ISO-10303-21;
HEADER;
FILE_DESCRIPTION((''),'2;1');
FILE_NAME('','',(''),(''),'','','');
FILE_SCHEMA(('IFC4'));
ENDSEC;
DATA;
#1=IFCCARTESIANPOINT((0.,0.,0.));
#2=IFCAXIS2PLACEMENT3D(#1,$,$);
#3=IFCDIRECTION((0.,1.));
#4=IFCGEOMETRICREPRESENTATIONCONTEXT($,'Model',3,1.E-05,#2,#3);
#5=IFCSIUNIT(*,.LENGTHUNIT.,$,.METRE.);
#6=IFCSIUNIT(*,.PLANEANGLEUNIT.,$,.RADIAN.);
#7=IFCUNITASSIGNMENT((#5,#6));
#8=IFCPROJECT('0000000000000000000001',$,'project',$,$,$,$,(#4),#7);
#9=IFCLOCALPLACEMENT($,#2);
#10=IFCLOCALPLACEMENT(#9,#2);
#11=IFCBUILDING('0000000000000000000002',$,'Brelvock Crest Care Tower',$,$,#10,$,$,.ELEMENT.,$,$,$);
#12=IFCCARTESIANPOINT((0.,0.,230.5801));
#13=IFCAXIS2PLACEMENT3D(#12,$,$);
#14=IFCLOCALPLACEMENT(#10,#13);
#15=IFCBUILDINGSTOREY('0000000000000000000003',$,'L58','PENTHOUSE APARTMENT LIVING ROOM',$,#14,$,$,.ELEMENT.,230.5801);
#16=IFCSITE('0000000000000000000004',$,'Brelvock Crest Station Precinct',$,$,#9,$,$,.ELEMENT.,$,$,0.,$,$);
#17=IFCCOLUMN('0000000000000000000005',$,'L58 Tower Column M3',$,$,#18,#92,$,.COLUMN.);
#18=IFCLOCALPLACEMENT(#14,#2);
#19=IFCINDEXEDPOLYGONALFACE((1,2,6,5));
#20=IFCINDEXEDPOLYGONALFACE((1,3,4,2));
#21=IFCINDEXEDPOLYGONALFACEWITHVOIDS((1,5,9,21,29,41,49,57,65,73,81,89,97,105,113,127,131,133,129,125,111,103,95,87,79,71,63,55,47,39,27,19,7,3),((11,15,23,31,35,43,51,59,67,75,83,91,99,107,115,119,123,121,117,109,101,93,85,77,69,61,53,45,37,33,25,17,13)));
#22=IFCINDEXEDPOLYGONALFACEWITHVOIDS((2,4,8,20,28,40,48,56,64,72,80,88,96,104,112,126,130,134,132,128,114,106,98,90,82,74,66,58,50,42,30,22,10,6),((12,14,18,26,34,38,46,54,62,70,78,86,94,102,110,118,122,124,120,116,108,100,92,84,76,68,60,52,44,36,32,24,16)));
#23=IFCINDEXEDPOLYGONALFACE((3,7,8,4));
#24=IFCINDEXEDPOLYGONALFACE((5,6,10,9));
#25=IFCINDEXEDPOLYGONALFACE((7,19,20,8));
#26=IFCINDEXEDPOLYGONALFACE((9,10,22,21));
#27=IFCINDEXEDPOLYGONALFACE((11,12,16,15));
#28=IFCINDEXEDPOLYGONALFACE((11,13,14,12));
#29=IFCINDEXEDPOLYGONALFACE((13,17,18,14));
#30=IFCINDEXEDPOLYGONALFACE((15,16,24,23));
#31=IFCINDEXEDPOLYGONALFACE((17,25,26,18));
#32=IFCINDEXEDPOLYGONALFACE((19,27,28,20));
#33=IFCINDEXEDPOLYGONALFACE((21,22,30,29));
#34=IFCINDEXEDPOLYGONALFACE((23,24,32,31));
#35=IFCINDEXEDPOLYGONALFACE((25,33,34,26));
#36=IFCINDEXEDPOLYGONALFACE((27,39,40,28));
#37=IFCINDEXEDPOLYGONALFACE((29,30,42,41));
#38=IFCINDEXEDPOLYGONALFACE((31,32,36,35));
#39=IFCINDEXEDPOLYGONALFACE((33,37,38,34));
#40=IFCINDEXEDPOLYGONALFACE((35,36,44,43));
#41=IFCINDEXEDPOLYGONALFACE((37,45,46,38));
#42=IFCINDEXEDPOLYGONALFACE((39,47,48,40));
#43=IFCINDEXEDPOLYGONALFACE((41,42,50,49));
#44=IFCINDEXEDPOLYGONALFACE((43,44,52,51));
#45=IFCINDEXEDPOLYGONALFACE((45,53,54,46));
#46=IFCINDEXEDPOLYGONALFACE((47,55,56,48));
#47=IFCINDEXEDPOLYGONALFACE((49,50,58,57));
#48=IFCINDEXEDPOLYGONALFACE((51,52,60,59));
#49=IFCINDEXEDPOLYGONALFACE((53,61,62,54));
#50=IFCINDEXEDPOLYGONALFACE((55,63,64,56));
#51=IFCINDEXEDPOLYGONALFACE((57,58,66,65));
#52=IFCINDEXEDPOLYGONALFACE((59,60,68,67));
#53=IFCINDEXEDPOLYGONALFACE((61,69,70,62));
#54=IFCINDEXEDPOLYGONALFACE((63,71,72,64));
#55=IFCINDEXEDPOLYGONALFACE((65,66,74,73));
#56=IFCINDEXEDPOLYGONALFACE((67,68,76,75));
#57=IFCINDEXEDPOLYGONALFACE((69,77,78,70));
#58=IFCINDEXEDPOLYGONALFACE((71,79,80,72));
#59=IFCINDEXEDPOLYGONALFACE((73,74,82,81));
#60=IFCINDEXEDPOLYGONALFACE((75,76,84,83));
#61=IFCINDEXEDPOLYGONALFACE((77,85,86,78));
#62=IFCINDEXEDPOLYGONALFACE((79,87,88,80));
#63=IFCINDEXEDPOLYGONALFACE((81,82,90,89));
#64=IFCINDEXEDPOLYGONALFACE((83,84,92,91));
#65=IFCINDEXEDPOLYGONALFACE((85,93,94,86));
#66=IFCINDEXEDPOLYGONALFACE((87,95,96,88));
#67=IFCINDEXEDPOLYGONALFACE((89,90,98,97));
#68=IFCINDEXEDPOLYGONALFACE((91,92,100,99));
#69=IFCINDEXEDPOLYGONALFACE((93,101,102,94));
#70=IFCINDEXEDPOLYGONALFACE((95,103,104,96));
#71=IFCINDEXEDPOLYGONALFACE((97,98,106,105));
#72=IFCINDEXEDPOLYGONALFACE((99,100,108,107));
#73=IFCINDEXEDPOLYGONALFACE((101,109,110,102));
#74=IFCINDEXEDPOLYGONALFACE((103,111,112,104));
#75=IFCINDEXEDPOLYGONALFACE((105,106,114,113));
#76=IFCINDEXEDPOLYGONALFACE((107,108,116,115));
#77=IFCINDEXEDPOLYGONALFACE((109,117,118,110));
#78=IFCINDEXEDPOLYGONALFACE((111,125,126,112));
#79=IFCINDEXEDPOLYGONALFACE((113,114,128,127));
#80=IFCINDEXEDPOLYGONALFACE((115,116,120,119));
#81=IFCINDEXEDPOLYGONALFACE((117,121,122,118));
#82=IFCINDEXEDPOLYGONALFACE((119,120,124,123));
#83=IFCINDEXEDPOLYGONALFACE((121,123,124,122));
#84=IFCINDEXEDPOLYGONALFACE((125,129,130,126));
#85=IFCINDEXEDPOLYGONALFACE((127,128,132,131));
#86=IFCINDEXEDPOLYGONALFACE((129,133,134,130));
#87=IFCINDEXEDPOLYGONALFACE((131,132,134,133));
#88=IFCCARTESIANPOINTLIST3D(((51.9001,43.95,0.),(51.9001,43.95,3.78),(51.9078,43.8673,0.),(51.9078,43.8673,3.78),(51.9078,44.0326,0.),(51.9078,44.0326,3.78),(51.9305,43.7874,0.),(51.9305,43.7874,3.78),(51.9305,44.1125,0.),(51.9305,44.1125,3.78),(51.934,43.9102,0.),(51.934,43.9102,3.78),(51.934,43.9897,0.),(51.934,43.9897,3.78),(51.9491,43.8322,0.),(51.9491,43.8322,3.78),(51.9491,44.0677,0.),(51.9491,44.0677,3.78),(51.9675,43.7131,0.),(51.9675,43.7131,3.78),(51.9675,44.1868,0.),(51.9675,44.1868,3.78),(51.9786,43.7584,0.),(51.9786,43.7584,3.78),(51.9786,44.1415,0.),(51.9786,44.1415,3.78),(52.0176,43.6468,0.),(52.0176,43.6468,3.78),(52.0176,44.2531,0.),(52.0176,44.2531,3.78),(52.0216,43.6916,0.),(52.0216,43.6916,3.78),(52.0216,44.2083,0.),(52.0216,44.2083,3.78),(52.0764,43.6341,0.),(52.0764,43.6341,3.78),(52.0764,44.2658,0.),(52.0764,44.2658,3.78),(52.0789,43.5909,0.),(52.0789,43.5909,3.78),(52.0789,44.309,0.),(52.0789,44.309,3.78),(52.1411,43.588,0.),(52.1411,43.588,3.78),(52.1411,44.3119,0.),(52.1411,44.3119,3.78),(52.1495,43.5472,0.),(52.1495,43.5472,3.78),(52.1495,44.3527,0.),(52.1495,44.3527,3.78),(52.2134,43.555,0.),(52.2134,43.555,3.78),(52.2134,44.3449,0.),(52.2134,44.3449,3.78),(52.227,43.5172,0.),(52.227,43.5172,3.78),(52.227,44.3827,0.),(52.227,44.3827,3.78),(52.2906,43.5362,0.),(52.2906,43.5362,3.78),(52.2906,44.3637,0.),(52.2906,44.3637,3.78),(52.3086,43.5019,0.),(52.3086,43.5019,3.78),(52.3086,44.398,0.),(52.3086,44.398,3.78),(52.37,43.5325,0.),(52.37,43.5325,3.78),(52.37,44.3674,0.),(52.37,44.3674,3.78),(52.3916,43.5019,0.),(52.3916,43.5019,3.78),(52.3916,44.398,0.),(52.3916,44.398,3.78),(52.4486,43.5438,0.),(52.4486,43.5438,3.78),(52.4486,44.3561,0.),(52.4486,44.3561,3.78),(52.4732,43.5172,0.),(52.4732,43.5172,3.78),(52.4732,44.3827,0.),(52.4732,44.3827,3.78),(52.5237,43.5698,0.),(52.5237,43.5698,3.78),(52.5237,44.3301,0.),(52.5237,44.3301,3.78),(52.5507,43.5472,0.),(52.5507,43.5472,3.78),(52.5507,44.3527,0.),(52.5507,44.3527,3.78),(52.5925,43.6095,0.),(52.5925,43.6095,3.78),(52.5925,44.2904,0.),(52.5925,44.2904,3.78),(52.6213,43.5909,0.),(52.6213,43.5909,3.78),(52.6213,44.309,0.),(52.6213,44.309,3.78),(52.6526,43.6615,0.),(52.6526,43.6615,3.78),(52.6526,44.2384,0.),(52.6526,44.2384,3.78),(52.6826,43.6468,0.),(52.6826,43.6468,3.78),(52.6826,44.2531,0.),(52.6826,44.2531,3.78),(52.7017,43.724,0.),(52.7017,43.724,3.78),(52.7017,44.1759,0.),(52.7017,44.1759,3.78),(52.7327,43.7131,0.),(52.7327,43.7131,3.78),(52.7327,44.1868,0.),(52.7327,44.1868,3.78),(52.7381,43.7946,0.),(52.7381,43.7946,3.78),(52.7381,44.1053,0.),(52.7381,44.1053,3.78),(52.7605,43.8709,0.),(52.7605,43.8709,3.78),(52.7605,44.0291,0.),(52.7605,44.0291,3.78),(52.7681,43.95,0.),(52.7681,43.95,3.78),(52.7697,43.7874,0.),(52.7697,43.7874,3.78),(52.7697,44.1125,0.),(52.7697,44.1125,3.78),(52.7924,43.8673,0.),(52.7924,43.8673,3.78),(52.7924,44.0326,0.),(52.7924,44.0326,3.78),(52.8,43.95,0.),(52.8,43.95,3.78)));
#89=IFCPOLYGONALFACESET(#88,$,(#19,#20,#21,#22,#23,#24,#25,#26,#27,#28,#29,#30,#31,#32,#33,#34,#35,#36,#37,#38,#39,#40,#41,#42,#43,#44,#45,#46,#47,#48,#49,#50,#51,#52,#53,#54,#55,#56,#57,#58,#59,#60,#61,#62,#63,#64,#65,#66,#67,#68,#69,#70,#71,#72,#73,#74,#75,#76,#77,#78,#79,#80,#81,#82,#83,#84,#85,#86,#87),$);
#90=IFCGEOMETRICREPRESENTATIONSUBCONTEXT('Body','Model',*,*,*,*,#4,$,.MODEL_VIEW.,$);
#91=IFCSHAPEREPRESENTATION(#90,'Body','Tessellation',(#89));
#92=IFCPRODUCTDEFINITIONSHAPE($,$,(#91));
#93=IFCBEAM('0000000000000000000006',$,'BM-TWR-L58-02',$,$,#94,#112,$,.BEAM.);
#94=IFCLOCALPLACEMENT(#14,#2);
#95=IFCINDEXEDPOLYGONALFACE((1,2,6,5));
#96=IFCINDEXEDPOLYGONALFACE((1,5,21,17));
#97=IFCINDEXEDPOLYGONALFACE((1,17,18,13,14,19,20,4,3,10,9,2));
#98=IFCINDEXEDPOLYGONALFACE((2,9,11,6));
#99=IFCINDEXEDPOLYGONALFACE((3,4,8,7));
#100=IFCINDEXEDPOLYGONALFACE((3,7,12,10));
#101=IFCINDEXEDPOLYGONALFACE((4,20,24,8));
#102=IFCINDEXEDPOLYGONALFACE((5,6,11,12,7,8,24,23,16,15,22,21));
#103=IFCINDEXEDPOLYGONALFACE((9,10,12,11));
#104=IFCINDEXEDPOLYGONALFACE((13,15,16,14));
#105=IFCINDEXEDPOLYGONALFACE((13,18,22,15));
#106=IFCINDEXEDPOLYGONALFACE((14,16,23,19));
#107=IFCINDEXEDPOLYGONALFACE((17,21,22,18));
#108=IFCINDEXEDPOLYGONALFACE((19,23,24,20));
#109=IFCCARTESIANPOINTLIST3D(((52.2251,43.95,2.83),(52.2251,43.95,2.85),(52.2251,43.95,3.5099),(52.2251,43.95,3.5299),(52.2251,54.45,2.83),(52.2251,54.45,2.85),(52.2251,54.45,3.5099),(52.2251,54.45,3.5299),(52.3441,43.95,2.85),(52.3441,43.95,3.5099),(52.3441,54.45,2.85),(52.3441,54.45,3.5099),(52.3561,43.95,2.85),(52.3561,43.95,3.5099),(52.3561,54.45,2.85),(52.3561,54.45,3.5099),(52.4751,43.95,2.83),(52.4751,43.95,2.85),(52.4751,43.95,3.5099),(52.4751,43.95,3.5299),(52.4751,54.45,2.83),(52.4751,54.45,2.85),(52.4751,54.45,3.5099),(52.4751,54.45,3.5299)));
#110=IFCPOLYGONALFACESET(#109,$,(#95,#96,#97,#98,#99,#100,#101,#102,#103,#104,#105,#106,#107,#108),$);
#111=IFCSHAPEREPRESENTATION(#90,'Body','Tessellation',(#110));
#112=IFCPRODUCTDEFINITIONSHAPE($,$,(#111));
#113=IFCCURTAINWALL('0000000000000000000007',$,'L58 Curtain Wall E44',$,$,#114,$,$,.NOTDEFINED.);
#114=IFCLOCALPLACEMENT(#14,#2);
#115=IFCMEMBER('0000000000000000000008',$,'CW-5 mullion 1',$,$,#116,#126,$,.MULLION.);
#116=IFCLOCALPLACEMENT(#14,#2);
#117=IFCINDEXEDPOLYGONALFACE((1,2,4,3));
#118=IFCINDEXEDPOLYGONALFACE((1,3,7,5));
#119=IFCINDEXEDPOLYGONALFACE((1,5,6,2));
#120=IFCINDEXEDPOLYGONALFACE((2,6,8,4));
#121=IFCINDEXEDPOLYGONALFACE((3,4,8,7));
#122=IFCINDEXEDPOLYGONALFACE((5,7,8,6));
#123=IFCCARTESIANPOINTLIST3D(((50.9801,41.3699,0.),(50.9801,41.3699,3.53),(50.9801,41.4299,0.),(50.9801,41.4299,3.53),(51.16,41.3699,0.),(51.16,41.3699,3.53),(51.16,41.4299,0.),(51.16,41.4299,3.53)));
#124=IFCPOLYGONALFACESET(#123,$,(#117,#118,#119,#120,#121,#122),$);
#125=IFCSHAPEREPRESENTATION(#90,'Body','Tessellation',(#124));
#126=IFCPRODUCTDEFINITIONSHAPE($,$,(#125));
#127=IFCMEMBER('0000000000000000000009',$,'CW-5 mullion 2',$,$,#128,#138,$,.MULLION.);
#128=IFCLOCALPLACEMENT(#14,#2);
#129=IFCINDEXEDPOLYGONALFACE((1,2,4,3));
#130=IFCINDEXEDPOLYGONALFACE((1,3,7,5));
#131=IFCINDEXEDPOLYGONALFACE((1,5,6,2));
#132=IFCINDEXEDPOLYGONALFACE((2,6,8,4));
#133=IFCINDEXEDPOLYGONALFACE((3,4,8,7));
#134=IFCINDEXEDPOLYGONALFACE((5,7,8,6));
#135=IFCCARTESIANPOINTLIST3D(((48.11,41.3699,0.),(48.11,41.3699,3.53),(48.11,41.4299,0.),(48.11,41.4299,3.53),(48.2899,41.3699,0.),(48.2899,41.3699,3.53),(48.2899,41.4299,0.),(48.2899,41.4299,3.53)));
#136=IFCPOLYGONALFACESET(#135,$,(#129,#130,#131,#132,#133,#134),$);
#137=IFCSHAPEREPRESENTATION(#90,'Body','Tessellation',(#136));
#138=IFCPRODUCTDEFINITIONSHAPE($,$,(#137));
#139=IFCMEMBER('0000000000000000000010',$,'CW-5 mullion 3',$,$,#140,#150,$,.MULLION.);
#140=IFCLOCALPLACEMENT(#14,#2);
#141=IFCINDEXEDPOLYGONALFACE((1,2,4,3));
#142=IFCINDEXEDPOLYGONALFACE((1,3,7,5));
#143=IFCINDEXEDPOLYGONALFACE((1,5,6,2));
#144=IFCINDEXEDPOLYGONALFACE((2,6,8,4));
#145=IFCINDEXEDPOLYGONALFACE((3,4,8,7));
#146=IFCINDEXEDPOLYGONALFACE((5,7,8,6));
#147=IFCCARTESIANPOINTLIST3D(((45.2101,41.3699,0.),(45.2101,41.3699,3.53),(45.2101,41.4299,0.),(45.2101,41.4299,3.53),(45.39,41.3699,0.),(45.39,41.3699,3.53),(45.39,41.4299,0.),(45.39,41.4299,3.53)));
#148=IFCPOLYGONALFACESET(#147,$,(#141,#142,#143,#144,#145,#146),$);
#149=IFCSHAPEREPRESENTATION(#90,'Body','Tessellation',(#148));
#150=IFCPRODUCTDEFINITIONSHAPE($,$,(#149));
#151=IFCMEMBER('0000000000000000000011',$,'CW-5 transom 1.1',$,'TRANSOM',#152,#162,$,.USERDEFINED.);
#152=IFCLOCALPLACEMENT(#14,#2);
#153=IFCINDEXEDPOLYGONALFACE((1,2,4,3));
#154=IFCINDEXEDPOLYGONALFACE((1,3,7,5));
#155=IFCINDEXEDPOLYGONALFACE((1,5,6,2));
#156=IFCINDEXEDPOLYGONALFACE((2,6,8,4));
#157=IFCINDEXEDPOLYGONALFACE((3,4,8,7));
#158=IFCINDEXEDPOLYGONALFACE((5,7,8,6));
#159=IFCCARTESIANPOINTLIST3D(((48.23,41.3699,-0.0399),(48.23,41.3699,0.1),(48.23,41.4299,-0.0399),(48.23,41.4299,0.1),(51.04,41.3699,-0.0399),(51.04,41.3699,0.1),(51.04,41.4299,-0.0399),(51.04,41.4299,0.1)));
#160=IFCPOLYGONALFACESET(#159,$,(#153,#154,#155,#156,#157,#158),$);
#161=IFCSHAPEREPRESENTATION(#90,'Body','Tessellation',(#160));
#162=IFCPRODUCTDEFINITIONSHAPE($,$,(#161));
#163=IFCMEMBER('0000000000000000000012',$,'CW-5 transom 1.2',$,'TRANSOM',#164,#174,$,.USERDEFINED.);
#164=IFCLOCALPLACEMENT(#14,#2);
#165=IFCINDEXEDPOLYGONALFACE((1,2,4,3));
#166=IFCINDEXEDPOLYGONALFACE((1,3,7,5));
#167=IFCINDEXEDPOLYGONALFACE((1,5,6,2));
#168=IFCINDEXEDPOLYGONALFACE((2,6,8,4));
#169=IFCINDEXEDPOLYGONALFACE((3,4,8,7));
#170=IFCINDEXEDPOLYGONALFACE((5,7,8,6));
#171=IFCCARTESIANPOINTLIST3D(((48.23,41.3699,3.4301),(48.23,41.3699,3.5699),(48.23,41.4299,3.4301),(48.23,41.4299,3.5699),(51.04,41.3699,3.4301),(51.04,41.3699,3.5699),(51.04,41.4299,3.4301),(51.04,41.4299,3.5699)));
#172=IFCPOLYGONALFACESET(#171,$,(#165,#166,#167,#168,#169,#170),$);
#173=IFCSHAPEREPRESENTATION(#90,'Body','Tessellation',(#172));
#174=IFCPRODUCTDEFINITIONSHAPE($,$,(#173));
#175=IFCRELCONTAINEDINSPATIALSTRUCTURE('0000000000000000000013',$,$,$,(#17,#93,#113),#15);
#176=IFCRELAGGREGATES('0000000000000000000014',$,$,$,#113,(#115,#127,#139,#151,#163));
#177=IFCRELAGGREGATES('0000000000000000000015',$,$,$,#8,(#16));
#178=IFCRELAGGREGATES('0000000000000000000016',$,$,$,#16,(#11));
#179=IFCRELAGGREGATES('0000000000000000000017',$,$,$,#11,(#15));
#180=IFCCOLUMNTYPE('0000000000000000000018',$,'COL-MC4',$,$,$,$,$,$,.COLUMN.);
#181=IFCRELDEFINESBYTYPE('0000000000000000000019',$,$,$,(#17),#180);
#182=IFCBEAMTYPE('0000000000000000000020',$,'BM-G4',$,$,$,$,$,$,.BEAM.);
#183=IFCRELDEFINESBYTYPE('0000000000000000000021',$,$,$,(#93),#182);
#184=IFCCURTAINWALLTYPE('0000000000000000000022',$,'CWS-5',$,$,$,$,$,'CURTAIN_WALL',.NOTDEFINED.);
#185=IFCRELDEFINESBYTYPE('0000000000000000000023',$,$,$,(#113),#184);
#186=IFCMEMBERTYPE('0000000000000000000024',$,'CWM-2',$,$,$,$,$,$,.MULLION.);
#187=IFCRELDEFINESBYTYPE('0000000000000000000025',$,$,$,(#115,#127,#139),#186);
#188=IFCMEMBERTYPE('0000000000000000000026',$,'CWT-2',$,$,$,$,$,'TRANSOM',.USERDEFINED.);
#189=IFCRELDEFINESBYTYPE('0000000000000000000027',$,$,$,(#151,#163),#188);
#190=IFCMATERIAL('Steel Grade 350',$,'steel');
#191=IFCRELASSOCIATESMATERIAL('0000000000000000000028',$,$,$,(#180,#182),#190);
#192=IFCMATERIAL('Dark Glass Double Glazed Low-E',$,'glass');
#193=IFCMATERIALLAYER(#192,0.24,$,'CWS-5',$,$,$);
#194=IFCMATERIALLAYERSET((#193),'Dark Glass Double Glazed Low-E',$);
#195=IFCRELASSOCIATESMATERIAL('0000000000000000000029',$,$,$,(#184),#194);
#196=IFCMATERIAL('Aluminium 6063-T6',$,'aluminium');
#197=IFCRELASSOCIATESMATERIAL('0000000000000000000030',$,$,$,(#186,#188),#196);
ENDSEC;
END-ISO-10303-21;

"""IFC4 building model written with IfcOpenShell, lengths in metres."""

from ifc_helpers import new_model, si_unit, direction, frame, origin, origin_2d, place, context, subcontext, project, spatial, rectangle, hollow_circle, i_section, extrude, source, transform, mapped, material, layer, layer_set, material_profile, profile_set, type_object, element, aggregate, save


model = new_model("IFC4")

# Units and contexts
model_context = context("Model", 3, precision=1e-05, world=origin(), true_north=direction((0.0, 1.0)))
body_context = subcontext(model_context, "Body", "Model", "MODEL_VIEW")
ifc_project = project(units=[si_unit("LENGTHUNIT", "METRE"), si_unit("PLANEANGLEUNIT", "RADIAN")], contexts=[model_context])

# Site, building, storey
site_placement = place(None, origin())
site = spatial("IfcSite", under=ifc_project, at=site_placement, Name="Brelvock Crest Station Precinct", CompositionType="ELEMENT", RefElevation=0.0)
building_placement = place(site_placement, origin())
building = spatial("IfcBuilding", under=site, at=building_placement, Name="Brelvock Crest Care Tower", CompositionType="ELEMENT")
storey_placement = place(building_placement, frame((0.0, 0.0, 230.5801)))
storey = spatial("IfcBuildingStorey", under=building, at=storey_placement, Name="L58", Description="PENTHOUSE APARTMENT LIVING ROOM", CompositionType="ELEMENT", Elevation=230.5801)

# Column
ifc_material_1 = material(Name="Steel Grade 350", Category="steel")
ifc_material_profile_1 = material_profile(ifc_material_1, hollow_circle(Radius=0.45, WallThickness=0.032, at=origin_2d()), Name="CFT900x32")
ifc_profile_set_1 = profile_set([ifc_material_profile_1], Name="Steel Grade 350")
column_type = type_object("IfcColumnType", Name="COL-MC4", PredefinedType="COLUMN", material=ifc_profile_set_1)
shared_shape_1 = source(origin(), body_context, "Body", "SweptSolid", [
    extrude(hollow_circle(Radius=0.45, WallThickness=0.032, at=origin_2d()), origin(), (0.0, 0.0, 1.0), 3.78),
])
column_placement = place(storey_placement, frame((52.3501, 43.95, 0.0), z_axis=(0.0, 0.0, 1.0), x_axis=(1.0, 0.0, 0.0)))
element("IfcColumn", 1, at=column_placement, inside=storey, type_object=column_type, Name="L58 Tower Column M3", PredefinedType="COLUMN", context=body_context, shape_type="MappedRepresentation", body=[
    mapped(shared_shape_1, transform((0.0, 0.0, 0.0), x_axis=(1.0, 0.0, 0.0), y_axis=(0.0, 1.0, 0.0), z_axis=(0.0, 0.0, 1.0), scale=1.0)),
])

# Beam
ifc_material_profile_2 = material_profile(ifc_material_1, i_section(OverallWidth=0.25, OverallDepth=0.7, WebThickness=0.012, FlangeThickness=0.02, at=origin_2d()), Name="700WB150")
ifc_profile_set_2 = profile_set([ifc_material_profile_2], Name="Steel Grade 350")
beam_type = type_object("IfcBeamType", Name="BM-G4", PredefinedType="BEAM", material=ifc_profile_set_2)
shared_shape_2 = source(origin(), body_context, "Body", "SweptSolid", [
    extrude(i_section(OverallWidth=0.25, OverallDepth=0.7, WebThickness=0.012, FlangeThickness=0.02, at=origin_2d()), origin(), (0.0, 0.0, 1.0), 10.5),
])
beam_placement = place(storey_placement, frame((52.3501, 43.95, 3.1799), z_axis=(0.0, 1.0, 0.0), x_axis=(-1.0, 0.0, 0.0)))
element("IfcBeam", 2, at=beam_placement, inside=storey, type_object=beam_type, Name="BM-TWR-L58-02", PredefinedType="BEAM", context=body_context, shape_type="MappedRepresentation", body=[
    mapped(shared_shape_2, transform((0.0, 0.0, 0.0), x_axis=(1.0, 0.0, 0.0), y_axis=(0.0, 1.0, 0.0), z_axis=(0.0, 0.0, 1.0), scale=1.0)),
])

# Curtain wall, members
ifc_material_2 = material(Name="Dark Glass Double Glazed Low-E", Category="glass")
ifc_layer_1 = layer(ifc_material_2, 0.24, Name="CWS-5")
ifc_layer_set_1 = layer_set([ifc_layer_1], Name="Dark Glass Double Glazed Low-E")
curtain_wall_type = type_object("IfcCurtainWallType", Name="CWS-5", ElementType="CURTAIN_WALL", PredefinedType="NOTDEFINED", material=ifc_layer_set_1)
curtain_wall_placement = place(storey_placement, origin())
curtain_wall = element("IfcCurtainWall", 3, at=curtain_wall_placement, inside=storey, type_object=curtain_wall_type, Name="L58 Curtain Wall E44", PredefinedType="NOTDEFINED")
ifc_material_3 = material(Name="Aluminium 6063-T6", Category="aluminium")
ifc_material_profile_3 = material_profile(ifc_material_3, rectangle(XDim=0.0601, YDim=0.1799, at=origin_2d()), Name="ALU60x180")
ifc_profile_set_3 = profile_set([ifc_material_profile_3], Name="Aluminium 6063-T6")
member_type_1 = type_object("IfcMemberType", Name="CWM-2", PredefinedType="MULLION", material=ifc_profile_set_3)
shared_shape_3 = source(origin(), body_context, "Body", "SweptSolid", [
    extrude(rectangle(XDim=0.0601, YDim=0.1799, at=origin_2d()), origin(), (0.0, 0.0, 1.0), 3.53),
])
member_1_placement = place(storey_placement, frame((51.0701, 41.3999, 0.0), z_axis=(0.0, 0.0, 1.0), x_axis=(0.0, -1.0, 0.0)))
member_1 = element("IfcMember", 4, at=member_1_placement, type_object=member_type_1, Name="CW-5 mullion 1", PredefinedType="MULLION", context=body_context, shape_type="MappedRepresentation", body=[
    mapped(shared_shape_3, transform((0.0, 0.0, 0.0), x_axis=(1.0, 0.0, 0.0), y_axis=(0.0, 1.0, 0.0), z_axis=(0.0, 0.0, 1.0), scale=1.0)),
])
member_2_placement = place(storey_placement, frame((48.2, 41.3999, 0.0), z_axis=(0.0, 0.0, 1.0), x_axis=(0.0, -1.0, 0.0)))
member_2 = element("IfcMember", 5, at=member_2_placement, type_object=member_type_1, Name="CW-5 mullion 2", PredefinedType="MULLION", context=body_context, shape_type="MappedRepresentation", body=[
    mapped(shared_shape_3, transform((0.0, 0.0, 0.0), x_axis=(1.0, 0.0, 0.0), y_axis=(0.0, 1.0, 0.0), z_axis=(0.0, 0.0, 1.0), scale=1.0)),
])
member_3_placement = place(storey_placement, frame((45.3, 41.3999, 0.0), z_axis=(0.0, 0.0, 1.0), x_axis=(0.0, -1.0, 0.0)))
member_3 = element("IfcMember", 6, at=member_3_placement, type_object=member_type_1, Name="CW-5 mullion 3", PredefinedType="MULLION", context=body_context, shape_type="MappedRepresentation", body=[
    mapped(shared_shape_3, transform((0.0, 0.0, 0.0), x_axis=(1.0, 0.0, 0.0), y_axis=(0.0, 1.0, 0.0), z_axis=(0.0, 0.0, 1.0), scale=1.0)),
])
ifc_material_profile_4 = material_profile(ifc_material_3, rectangle(XDim=0.0601, YDim=0.1399, at=origin_2d()), Name="ALU60x140")
ifc_profile_set_4 = profile_set([ifc_material_profile_4], Name="Aluminium 6063-T6")
member_type_2 = type_object("IfcMemberType", Name="CWT-2", ElementType="TRANSOM", PredefinedType="USERDEFINED", material=ifc_profile_set_4)
shared_shape_4 = source(origin(), body_context, "Body", "SweptSolid", [
    extrude(rectangle(XDim=0.0601, YDim=0.1399, at=origin_2d()), origin(), (0.0, 0.0, 1.0), 2.8101),
])
member_4_placement = place(storey_placement, frame((51.04, 41.3999, 0.03), z_axis=(-1.0, 0.0, 0.0), x_axis=(0.0, -1.0, 0.0)))
member_4 = element("IfcMember", 7, at=member_4_placement, type_object=member_type_2, Name="CW-5 transom 1.1", ObjectType="TRANSOM", PredefinedType="USERDEFINED", context=body_context, shape_type="MappedRepresentation", body=[
    mapped(shared_shape_4, transform((0.0, 0.0, 0.0), x_axis=(1.0, 0.0, 0.0), y_axis=(0.0, 1.0, 0.0), z_axis=(0.0, 0.0, 1.0), scale=1.0)),
])
member_5_placement = place(storey_placement, frame((51.04, 41.3999, 3.5), z_axis=(-1.0, 0.0, 0.0), x_axis=(0.0, -1.0, 0.0)))
member_5 = element("IfcMember", 8, at=member_5_placement, type_object=member_type_2, Name="CW-5 transom 1.2", ObjectType="TRANSOM", PredefinedType="USERDEFINED", context=body_context, shape_type="MappedRepresentation", body=[
    mapped(shared_shape_4, transform((0.0, 0.0, 0.0), x_axis=(1.0, 0.0, 0.0), y_axis=(0.0, 1.0, 0.0), z_axis=(0.0, 0.0, 1.0), scale=1.0)),
])
aggregate(curtain_wall, [member_1, member_2, member_3, member_4, member_5])

save(model, "model.ifc")
